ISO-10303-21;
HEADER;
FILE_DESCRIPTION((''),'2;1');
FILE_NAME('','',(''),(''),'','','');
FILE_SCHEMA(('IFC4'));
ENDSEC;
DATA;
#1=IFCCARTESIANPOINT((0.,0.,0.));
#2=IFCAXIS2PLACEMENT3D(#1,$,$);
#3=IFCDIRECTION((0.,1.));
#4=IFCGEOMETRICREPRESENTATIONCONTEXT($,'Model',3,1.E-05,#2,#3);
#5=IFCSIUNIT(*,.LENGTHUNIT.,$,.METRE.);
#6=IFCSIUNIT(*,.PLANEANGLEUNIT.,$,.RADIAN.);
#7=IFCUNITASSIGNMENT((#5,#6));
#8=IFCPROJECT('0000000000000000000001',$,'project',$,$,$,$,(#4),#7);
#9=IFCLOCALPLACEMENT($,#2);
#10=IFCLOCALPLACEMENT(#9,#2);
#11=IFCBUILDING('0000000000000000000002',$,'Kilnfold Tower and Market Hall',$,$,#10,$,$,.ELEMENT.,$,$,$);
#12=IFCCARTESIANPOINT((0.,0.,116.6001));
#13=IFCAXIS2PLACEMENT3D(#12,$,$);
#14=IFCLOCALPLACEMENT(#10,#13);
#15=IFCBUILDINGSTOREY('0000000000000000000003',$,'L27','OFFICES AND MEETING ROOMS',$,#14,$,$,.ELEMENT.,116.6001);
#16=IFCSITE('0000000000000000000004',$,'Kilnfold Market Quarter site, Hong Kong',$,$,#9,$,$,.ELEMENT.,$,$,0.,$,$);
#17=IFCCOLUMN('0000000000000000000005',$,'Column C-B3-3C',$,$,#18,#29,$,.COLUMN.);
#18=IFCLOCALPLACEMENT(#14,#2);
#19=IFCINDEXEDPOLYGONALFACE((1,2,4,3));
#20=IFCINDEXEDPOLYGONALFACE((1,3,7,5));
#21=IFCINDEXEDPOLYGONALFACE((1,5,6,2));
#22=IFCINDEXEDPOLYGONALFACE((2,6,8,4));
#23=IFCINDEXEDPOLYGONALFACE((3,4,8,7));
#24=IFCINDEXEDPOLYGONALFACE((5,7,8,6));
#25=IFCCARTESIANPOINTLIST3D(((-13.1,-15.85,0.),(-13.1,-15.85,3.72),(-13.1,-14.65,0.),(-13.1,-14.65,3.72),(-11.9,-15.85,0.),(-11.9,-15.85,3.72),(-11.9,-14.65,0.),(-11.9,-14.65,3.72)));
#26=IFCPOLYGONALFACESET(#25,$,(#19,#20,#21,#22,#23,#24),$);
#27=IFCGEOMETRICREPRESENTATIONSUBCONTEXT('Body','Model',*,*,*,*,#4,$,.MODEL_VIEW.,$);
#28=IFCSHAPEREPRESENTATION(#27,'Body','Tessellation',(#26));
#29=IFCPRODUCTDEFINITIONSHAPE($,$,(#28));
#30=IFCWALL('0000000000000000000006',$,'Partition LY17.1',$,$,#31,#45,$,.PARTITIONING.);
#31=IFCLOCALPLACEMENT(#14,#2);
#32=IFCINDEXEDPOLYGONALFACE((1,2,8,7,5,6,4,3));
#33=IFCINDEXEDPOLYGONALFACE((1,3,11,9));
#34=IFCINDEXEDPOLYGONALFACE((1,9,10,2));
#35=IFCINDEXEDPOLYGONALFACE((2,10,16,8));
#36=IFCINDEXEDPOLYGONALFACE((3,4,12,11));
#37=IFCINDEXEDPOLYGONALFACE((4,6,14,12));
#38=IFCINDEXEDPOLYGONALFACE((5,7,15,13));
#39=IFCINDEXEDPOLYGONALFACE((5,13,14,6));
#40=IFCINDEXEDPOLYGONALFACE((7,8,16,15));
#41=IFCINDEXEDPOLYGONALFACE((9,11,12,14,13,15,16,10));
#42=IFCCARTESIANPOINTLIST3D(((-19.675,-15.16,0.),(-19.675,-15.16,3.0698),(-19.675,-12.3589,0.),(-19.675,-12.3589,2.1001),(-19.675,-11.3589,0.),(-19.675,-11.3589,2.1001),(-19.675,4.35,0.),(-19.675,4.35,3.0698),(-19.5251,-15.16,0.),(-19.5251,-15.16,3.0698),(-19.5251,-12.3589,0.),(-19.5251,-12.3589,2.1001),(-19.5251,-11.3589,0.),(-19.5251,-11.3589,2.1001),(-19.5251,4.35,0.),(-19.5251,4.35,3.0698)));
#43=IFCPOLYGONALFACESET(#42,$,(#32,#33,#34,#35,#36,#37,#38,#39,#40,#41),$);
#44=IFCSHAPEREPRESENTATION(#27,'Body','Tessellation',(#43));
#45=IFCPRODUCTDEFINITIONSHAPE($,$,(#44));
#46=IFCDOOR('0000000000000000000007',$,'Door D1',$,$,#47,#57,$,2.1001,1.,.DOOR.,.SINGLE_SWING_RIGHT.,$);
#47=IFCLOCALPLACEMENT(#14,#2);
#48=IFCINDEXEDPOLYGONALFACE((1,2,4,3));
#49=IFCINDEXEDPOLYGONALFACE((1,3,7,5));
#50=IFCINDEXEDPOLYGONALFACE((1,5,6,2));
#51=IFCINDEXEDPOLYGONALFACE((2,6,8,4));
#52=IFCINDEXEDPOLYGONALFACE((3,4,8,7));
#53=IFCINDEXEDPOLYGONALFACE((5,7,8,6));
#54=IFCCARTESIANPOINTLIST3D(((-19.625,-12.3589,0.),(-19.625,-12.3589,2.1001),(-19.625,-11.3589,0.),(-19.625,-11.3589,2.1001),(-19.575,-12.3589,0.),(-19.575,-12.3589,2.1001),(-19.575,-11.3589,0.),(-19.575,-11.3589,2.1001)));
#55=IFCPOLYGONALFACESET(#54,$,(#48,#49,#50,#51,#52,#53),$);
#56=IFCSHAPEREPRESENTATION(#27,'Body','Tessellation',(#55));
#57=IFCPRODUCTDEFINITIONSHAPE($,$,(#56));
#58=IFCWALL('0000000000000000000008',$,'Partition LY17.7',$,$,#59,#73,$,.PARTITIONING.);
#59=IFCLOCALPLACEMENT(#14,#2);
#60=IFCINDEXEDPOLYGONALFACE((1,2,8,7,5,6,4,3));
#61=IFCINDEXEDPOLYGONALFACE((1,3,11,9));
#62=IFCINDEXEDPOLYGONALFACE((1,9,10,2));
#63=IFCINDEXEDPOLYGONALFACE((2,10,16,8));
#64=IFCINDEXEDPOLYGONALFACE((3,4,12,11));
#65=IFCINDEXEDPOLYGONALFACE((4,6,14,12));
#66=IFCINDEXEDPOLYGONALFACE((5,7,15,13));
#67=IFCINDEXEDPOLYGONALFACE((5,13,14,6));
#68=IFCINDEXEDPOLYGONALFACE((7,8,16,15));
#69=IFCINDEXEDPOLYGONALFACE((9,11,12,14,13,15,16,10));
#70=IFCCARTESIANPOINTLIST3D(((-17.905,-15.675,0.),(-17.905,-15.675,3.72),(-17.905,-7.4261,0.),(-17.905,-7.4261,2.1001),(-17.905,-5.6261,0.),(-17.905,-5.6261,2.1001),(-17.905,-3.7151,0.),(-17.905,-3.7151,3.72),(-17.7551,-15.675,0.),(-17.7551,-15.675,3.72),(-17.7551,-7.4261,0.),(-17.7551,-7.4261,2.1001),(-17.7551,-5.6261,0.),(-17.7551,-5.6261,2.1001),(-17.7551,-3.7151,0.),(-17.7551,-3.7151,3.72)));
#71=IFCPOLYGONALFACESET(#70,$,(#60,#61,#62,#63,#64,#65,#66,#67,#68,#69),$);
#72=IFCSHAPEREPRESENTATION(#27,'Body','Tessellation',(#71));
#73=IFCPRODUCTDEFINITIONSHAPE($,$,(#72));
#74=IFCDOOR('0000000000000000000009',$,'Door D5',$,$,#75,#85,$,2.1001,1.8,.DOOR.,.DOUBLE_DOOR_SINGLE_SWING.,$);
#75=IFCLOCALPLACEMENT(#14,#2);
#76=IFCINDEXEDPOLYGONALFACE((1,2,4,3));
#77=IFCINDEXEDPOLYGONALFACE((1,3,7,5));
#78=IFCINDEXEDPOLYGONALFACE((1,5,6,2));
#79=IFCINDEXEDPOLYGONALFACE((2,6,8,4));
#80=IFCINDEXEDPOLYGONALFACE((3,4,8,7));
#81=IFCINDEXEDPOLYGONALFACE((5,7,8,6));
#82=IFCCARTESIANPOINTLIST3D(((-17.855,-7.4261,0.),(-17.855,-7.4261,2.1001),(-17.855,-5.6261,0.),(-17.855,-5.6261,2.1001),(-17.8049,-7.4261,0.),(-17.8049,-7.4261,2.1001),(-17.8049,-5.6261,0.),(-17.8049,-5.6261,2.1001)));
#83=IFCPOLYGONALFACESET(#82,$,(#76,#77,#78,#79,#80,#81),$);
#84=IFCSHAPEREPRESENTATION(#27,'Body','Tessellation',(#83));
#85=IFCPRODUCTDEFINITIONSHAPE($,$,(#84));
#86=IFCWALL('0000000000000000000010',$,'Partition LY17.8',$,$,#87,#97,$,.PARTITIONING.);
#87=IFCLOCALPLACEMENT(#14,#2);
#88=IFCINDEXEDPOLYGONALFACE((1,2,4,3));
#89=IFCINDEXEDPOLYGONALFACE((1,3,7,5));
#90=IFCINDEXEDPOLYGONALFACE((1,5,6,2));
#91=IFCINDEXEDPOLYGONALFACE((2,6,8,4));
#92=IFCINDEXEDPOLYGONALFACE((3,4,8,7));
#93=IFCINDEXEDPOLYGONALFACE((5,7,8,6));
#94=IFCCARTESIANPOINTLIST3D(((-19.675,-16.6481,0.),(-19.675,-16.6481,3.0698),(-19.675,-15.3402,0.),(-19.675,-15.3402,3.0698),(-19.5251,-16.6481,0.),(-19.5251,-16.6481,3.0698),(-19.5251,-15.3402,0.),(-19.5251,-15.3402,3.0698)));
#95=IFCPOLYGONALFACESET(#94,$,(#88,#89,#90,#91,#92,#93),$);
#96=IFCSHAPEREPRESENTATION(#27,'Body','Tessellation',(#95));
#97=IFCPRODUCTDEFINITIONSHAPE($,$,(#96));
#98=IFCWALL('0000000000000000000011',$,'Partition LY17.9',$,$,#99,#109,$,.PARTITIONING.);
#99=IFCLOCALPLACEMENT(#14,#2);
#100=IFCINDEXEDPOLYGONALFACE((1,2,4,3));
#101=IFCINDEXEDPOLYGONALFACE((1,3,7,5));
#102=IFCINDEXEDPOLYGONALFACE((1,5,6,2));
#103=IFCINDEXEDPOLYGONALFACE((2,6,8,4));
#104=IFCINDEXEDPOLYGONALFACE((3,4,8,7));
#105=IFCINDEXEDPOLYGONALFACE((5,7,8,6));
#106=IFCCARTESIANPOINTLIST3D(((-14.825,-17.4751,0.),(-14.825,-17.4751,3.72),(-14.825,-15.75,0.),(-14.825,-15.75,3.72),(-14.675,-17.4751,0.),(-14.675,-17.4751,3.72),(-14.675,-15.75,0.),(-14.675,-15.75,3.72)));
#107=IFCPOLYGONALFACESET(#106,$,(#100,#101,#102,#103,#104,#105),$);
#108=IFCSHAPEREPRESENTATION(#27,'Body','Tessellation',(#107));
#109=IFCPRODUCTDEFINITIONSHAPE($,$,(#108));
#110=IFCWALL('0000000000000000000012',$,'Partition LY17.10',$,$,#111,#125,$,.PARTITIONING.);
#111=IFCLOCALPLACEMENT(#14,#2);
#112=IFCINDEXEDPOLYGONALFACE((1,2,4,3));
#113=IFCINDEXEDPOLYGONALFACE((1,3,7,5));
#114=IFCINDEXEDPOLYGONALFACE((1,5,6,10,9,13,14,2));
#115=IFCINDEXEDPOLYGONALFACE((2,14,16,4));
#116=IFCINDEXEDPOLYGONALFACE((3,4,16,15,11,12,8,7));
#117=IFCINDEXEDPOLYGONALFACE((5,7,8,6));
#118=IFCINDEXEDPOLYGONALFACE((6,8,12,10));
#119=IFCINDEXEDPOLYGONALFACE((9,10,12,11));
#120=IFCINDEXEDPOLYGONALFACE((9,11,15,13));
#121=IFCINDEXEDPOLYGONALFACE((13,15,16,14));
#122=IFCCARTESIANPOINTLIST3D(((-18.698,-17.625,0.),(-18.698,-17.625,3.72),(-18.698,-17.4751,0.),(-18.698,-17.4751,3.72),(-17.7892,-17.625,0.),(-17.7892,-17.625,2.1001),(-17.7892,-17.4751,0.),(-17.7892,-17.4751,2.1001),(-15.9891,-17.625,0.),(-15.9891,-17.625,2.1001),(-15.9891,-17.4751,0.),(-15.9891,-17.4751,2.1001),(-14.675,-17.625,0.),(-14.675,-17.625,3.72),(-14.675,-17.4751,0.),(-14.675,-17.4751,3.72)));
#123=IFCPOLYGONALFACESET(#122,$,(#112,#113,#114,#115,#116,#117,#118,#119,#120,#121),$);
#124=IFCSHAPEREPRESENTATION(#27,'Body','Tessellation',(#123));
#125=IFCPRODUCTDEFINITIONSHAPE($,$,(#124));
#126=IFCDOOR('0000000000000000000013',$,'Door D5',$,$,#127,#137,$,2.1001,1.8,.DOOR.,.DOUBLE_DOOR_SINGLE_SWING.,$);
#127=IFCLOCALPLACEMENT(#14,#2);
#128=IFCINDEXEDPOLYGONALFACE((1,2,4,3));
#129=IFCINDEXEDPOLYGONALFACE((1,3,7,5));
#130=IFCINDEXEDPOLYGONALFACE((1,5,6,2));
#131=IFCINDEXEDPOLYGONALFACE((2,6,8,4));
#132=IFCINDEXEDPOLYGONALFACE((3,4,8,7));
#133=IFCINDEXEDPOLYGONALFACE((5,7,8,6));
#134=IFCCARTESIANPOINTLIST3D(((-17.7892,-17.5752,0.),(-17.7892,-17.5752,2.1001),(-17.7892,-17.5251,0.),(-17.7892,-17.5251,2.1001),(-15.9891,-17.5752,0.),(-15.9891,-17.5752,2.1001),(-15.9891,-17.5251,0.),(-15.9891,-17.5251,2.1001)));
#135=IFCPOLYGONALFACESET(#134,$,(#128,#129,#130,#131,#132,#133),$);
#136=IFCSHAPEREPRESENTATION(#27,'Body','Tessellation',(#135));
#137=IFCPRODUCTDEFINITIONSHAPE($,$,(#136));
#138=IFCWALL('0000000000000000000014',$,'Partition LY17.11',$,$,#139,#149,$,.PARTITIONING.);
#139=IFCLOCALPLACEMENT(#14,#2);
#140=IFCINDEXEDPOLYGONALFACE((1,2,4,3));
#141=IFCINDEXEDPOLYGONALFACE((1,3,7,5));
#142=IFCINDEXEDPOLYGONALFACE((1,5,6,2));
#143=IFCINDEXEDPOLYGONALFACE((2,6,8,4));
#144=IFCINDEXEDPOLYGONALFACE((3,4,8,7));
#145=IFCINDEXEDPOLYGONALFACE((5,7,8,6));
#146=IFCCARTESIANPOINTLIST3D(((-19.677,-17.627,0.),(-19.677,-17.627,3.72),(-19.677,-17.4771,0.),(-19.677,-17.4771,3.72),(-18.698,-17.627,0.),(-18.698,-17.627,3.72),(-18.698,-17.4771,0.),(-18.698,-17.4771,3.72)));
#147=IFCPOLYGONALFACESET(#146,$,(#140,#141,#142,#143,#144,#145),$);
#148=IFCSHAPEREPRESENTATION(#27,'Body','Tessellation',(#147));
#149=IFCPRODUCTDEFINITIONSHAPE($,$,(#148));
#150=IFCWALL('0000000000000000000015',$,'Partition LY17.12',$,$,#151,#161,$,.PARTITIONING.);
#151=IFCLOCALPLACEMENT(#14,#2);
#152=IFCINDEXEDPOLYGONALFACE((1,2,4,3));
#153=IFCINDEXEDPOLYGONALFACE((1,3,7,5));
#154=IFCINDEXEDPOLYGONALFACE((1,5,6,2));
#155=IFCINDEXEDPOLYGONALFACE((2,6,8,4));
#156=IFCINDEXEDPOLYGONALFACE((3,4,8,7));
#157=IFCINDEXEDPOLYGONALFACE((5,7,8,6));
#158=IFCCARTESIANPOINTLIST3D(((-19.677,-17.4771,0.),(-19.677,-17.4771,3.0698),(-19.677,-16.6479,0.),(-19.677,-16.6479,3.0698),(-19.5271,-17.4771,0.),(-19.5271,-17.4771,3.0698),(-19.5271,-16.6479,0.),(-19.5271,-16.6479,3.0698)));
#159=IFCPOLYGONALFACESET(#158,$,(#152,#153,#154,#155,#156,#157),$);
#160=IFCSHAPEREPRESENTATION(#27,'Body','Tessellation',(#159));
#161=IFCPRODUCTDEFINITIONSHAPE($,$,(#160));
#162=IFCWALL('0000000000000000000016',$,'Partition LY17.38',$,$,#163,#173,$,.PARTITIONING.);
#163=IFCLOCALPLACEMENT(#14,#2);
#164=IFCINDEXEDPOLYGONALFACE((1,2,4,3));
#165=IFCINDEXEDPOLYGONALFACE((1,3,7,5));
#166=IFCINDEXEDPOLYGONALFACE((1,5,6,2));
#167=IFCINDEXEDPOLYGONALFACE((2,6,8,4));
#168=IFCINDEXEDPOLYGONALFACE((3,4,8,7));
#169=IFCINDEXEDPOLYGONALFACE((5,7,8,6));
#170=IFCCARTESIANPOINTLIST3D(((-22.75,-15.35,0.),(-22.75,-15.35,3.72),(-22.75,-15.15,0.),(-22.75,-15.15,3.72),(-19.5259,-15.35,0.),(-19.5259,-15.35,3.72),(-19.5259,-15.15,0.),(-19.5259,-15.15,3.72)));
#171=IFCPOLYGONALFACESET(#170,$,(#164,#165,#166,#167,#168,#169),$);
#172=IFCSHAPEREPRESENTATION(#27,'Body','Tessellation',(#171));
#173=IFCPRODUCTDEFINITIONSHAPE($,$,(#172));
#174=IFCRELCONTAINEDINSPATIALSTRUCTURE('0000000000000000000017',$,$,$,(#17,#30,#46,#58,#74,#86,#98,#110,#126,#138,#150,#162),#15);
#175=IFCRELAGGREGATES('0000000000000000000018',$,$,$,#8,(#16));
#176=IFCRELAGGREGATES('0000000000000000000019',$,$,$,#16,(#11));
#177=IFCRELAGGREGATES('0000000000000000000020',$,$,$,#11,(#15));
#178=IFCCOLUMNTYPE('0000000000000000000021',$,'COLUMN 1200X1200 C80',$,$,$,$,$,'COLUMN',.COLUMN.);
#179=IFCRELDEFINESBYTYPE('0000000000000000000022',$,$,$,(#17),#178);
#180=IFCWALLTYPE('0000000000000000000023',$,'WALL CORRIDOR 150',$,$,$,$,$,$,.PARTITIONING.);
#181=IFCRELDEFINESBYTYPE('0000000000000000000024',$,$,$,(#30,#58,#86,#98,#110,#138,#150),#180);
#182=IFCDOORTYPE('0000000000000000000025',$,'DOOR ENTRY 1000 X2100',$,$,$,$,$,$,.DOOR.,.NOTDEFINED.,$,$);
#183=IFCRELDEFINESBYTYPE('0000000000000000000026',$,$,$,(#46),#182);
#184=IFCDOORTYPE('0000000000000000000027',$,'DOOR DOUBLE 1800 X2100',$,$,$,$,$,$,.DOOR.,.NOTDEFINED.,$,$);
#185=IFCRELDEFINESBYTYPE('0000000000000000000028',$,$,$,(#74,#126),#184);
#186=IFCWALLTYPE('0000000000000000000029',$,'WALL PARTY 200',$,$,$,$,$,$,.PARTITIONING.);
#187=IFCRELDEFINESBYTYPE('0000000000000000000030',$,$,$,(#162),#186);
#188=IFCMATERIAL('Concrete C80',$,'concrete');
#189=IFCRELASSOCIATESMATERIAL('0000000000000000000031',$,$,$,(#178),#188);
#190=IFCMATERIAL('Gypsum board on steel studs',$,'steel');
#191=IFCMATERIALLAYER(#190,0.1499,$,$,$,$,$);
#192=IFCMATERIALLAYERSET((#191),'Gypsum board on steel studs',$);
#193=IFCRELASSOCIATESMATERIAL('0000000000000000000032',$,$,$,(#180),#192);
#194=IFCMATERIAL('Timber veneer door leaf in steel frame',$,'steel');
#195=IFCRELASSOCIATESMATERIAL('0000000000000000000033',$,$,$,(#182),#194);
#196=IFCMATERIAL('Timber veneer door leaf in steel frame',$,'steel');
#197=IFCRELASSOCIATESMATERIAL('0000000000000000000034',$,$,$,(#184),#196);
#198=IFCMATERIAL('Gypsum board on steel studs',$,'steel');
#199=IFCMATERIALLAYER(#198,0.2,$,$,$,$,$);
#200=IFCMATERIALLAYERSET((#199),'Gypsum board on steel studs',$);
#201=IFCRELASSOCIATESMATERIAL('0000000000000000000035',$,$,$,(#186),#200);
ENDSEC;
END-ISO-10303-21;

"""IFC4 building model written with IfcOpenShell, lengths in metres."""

from ifc_helpers import new_model, si_unit, direction, frame, frame_2d, origin, origin_2d, place, context, subcontext, project, spatial, rectangle, extrude, source, transform, mapped, material, layer, layer_set, material_profile, profile_set, type_object, element, fill, save


model = new_model("IFC4")

# Units and contexts
model_context = context("Model", 3, precision=1e-05, world=origin(), true_north=direction((0.0, 1.0)))
body_context = subcontext(model_context, "Body", "Model", "MODEL_VIEW")
ifc_project = project(units=[si_unit("LENGTHUNIT", "METRE"), si_unit("PLANEANGLEUNIT", "RADIAN")], contexts=[model_context])

# Site, building, storey
site_placement = place(None, origin())
site = spatial("IfcSite", under=ifc_project, at=site_placement, Name="Kilnfold Market Quarter site, Hong Kong", CompositionType="ELEMENT", RefElevation=0.0)
building_placement = place(site_placement, origin())
building = spatial("IfcBuilding", under=site, at=building_placement, Name="Kilnfold Tower and Market Hall", CompositionType="ELEMENT")
storey_placement = place(building_placement, frame((0.0, 0.0, 116.6001)))
storey = spatial("IfcBuildingStorey", under=building, at=storey_placement, Name="L27", Description="OFFICES AND MEETING ROOMS", CompositionType="ELEMENT", Elevation=116.6001)

# Column
ifc_material_1 = material(Name="Concrete C80", Category="concrete")
ifc_material_profile = material_profile(ifc_material_1, rectangle(XDim=1.2, YDim=1.2, at=origin_2d()), Name="RC 1200x1200")
ifc_profile_set = profile_set([ifc_material_profile], Name="Concrete C80")
column_type = type_object("IfcColumnType", Name="COLUMN 1200X1200 C80", ElementType="COLUMN", PredefinedType="COLUMN", material=ifc_profile_set)
shared_shape_1 = source(origin(), body_context, "Body", "SweptSolid", [
    extrude(rectangle(XDim=1.2, YDim=1.2, at=origin_2d()), origin(), (0.0, 0.0, 1.0), 3.72),
])
column_placement = place(storey_placement, frame((-12.5, -15.25, 0.0), z_axis=(0.0, 0.0, 1.0), x_axis=(1.0, 0.0, 0.0)))
element("IfcColumn", 1, at=column_placement, inside=storey, type_object=column_type, Name="Column C-B3-3C", PredefinedType="COLUMN", context=body_context, shape_type="MappedRepresentation", body=[
    mapped(shared_shape_1, transform((0.0, 0.0, 0.0))),
])

# Walls, openings, doors
ifc_material_2 = material(Name="Gypsum board on steel studs", Category="steel")
ifc_layer_1 = layer(ifc_material_2, 0.1499)
ifc_layer_set_1 = layer_set([ifc_layer_1], Name="Gypsum board on steel studs")
wall_type_1 = type_object("IfcWallType", Name="WALL CORRIDOR 150", PredefinedType="PARTITIONING", material=ifc_layer_set_1)
wall_1_placement = place(storey_placement, frame((-19.6001, -15.1599, 0.0), z_axis=(0.0, 0.0, 1.0), x_axis=(0.0, 1.0, 0.0)))
wall_1 = element("IfcWall", 2, at=wall_1_placement, inside=storey, type_object=wall_type_1, Name="Partition LY17.1", PredefinedType="PARTITIONING", context=body_context, shape_type="SweptSolid", body=[
    extrude(rectangle(XDim=19.51, YDim=0.1499, at=frame_2d((9.7549, 0.0))), origin(), (0.0, 0.0, 1.0), 3.0698),
])
opening_1_placement = place(wall_1_placement, frame((2.801, 0.0, 0.0)))
opening_1 = element("IfcOpeningElement", 3, at=opening_1_placement, cuts=wall_1, PredefinedType="OPENING", context=body_context, shape_type="SweptSolid", body=[
    extrude(rectangle(XDim=1.0, YDim=2.1001, at=frame_2d((0.5, 1.05))), frame((0.0, 0.085, 0.0), z_axis=(0.0, -1.0, 0.0), x_axis=(1.0, 0.0, 0.0)), (0.0, 0.0, 1.0), 0.1699),
])
ifc_material_3 = material(Name="Timber veneer door leaf in steel frame", Category="steel")
door_type_1 = type_object("IfcDoorType", Name="DOOR ENTRY 1000 X2100", OperationType="NOTDEFINED", PredefinedType="DOOR", material=ifc_material_3)
door_1_placement = place(opening_1_placement, origin())
door_1 = element("IfcDoor", 4, at=door_1_placement, inside=storey, type_object=door_type_1, Name="Door D1", OperationType="SINGLE_SWING_RIGHT", OverallHeight=2.1001, OverallWidth=1.0, PredefinedType="DOOR", context=body_context, shape_type="SweptSolid", body=[
    extrude(rectangle(XDim=1.0, YDim=2.1001, at=frame_2d((0.5, 1.05))), frame((0.0, 0.0249, 0.0), z_axis=(0.0, -1.0, 0.0), x_axis=(1.0, 0.0, 0.0)), (0.0, 0.0, 1.0), 0.05),
])
fill(opening_1, door_1)
wall_2_placement = place(storey_placement, frame((-17.8301, -15.675, 0.0), z_axis=(0.0, 0.0, 1.0), x_axis=(0.0, 1.0, 0.0)))
wall_2 = element("IfcWall", 5, at=wall_2_placement, inside=storey, type_object=wall_type_1, Name="Partition LY17.7", PredefinedType="PARTITIONING", context=body_context, shape_type="SweptSolid", body=[
    extrude(rectangle(XDim=11.96, YDim=0.1499, at=frame_2d((5.98, 0.0))), origin(), (0.0, 0.0, 1.0), 3.72),
])
opening_2_placement = place(wall_2_placement, frame((8.249, 0.0, 0.0)))
opening_2 = element("IfcOpeningElement", 6, at=opening_2_placement, cuts=wall_2, PredefinedType="OPENING", context=body_context, shape_type="SweptSolid", body=[
    extrude(rectangle(XDim=1.8, YDim=2.1001, at=frame_2d((0.8999, 1.05))), frame((0.0, 0.085, 0.0), z_axis=(0.0, -1.0, 0.0), x_axis=(1.0, 0.0, 0.0)), (0.0, 0.0, 1.0), 0.1699),
])
ifc_material_4 = material(Name="Timber veneer door leaf in steel frame", Category="steel")
door_type_2 = type_object("IfcDoorType", Name="DOOR DOUBLE 1800 X2100", OperationType="NOTDEFINED", PredefinedType="DOOR", material=ifc_material_4)
door_2_placement = place(opening_2_placement, origin())
door_2 = element("IfcDoor", 7, at=door_2_placement, inside=storey, type_object=door_type_2, Name="Door D5", OperationType="DOUBLE_DOOR_SINGLE_SWING", OverallHeight=2.1001, OverallWidth=1.8, PredefinedType="DOOR", context=body_context, shape_type="SweptSolid", body=[
    extrude(rectangle(XDim=1.8, YDim=2.1001, at=frame_2d((0.8999, 1.05))), frame((0.0, 0.0249, 0.0), z_axis=(0.0, -1.0, 0.0), x_axis=(1.0, 0.0, 0.0)), (0.0, 0.0, 1.0), 0.05),
])
fill(opening_2, door_2)

# Walls
wall_3_placement = place(storey_placement, frame((-19.6001, -16.6479, 0.0), z_axis=(0.0, 0.0, 1.0), x_axis=(0.0, 1.0, 0.0)))
element("IfcWall", 8, at=wall_3_placement, inside=storey, type_object=wall_type_1, Name="Partition LY17.8", PredefinedType="PARTITIONING", context=body_context, shape_type="SweptSolid", body=[
    extrude(rectangle(XDim=1.3079, YDim=0.1499, at=frame_2d((0.6538, 0.0))), origin(), (0.0, 0.0, 1.0), 3.0698),
])
wall_4_placement = place(storey_placement, frame((-14.75, -17.4751, 0.0), z_axis=(0.0, 0.0, 1.0), x_axis=(0.0, 1.0, 0.0)))
element("IfcWall", 9, at=wall_4_placement, inside=storey, type_object=wall_type_1, Name="Partition LY17.9", PredefinedType="PARTITIONING", context=body_context, shape_type="SweptSolid", body=[
    extrude(rectangle(XDim=1.7251, YDim=0.1499, at=frame_2d((0.8625, 0.0))), origin(), (0.0, 0.0, 1.0), 3.72),
])

# Wall, opening, door
wall_5_placement = place(storey_placement, frame((-18.698, -17.55, 0.0), z_axis=(0.0, 0.0, 1.0), x_axis=(1.0, 0.0, 0.0)))
wall_5 = element("IfcWall", 10, at=wall_5_placement, inside=storey, type_object=wall_type_1, Name="Partition LY17.10", PredefinedType="PARTITIONING", context=body_context, shape_type="SweptSolid", body=[
    extrude(rectangle(XDim=4.0229, YDim=0.1499, at=frame_2d((2.0115, 0.0))), origin(), (0.0, 0.0, 1.0), 3.72),
])
opening_3_placement = place(wall_5_placement, frame((0.9089, 0.0, 0.0)))
opening_3 = element("IfcOpeningElement", 11, at=opening_3_placement, cuts=wall_5, PredefinedType="OPENING", context=body_context, shape_type="SweptSolid", body=[
    extrude(rectangle(XDim=1.8, YDim=2.1001, at=frame_2d((0.8999, 1.05))), frame((0.0, 0.085, 0.0), z_axis=(0.0, -1.0, 0.0), x_axis=(1.0, 0.0, 0.0)), (0.0, 0.0, 1.0), 0.1699),
])
door_3_placement = place(opening_3_placement, origin())
door_3 = element("IfcDoor", 12, at=door_3_placement, inside=storey, type_object=door_type_2, Name="Door D5", OperationType="DOUBLE_DOOR_SINGLE_SWING", OverallHeight=2.1001, OverallWidth=1.8, PredefinedType="DOOR", context=body_context, shape_type="SweptSolid", body=[
    extrude(rectangle(XDim=1.8, YDim=2.1001, at=frame_2d((0.8999, 1.05))), frame((0.0, 0.0249, 0.0), z_axis=(0.0, -1.0, 0.0), x_axis=(1.0, 0.0, 0.0)), (0.0, 0.0, 1.0), 0.05),
])
fill(opening_3, door_3)

# Walls
wall_6_placement = place(storey_placement, frame((-19.677, -17.552, 0.0), z_axis=(0.0, 0.0, 1.0), x_axis=(1.0, 0.0, 0.0)))
element("IfcWall", 13, at=wall_6_placement, inside=storey, type_object=wall_type_1, Name="Partition LY17.11", PredefinedType="PARTITIONING", context=body_context, shape_type="SweptSolid", body=[
    extrude(rectangle(XDim=0.979, YDim=0.1499, at=frame_2d((0.4895, 0.0))), origin(), (0.0, 0.0, 1.0), 3.72),
])
wall_7_placement = place(storey_placement, frame((-19.6021, -16.6479, 0.0), z_axis=(0.0, 0.0, 1.0), x_axis=(0.0, -1.0, 0.0)))
element("IfcWall", 14, at=wall_7_placement, inside=storey, type_object=wall_type_1, Name="Partition LY17.12", PredefinedType="PARTITIONING", context=body_context, shape_type="SweptSolid", body=[
    extrude(rectangle(XDim=0.8291, YDim=0.1499, at=frame_2d((0.4146, 0.0))), origin(), (0.0, 0.0, 1.0), 3.0698),
])
ifc_material_5 = material(Name="Gypsum board on steel studs", Category="steel")
ifc_layer_2 = layer(ifc_material_5, 0.2)
ifc_layer_set_2 = layer_set([ifc_layer_2], Name="Gypsum board on steel studs")
wall_type_2 = type_object("IfcWallType", Name="WALL PARTY 200", PredefinedType="PARTITIONING", material=ifc_layer_set_2)
wall_8_placement = place(storey_placement, frame((-22.75, -15.25, 0.0), z_axis=(0.0, 0.0, 1.0), x_axis=(1.0, 0.0, 0.0)))
element("IfcWall", 15, at=wall_8_placement, inside=storey, type_object=wall_type_2, Name="Partition LY17.38", PredefinedType="PARTITIONING", context=body_context, shape_type="SweptSolid", body=[
    extrude(rectangle(XDim=3.2241, YDim=0.2, at=frame_2d((1.6121, 0.0))), origin(), (0.0, 0.0, 1.0), 3.72),
])

save(model, "model.ifc")
